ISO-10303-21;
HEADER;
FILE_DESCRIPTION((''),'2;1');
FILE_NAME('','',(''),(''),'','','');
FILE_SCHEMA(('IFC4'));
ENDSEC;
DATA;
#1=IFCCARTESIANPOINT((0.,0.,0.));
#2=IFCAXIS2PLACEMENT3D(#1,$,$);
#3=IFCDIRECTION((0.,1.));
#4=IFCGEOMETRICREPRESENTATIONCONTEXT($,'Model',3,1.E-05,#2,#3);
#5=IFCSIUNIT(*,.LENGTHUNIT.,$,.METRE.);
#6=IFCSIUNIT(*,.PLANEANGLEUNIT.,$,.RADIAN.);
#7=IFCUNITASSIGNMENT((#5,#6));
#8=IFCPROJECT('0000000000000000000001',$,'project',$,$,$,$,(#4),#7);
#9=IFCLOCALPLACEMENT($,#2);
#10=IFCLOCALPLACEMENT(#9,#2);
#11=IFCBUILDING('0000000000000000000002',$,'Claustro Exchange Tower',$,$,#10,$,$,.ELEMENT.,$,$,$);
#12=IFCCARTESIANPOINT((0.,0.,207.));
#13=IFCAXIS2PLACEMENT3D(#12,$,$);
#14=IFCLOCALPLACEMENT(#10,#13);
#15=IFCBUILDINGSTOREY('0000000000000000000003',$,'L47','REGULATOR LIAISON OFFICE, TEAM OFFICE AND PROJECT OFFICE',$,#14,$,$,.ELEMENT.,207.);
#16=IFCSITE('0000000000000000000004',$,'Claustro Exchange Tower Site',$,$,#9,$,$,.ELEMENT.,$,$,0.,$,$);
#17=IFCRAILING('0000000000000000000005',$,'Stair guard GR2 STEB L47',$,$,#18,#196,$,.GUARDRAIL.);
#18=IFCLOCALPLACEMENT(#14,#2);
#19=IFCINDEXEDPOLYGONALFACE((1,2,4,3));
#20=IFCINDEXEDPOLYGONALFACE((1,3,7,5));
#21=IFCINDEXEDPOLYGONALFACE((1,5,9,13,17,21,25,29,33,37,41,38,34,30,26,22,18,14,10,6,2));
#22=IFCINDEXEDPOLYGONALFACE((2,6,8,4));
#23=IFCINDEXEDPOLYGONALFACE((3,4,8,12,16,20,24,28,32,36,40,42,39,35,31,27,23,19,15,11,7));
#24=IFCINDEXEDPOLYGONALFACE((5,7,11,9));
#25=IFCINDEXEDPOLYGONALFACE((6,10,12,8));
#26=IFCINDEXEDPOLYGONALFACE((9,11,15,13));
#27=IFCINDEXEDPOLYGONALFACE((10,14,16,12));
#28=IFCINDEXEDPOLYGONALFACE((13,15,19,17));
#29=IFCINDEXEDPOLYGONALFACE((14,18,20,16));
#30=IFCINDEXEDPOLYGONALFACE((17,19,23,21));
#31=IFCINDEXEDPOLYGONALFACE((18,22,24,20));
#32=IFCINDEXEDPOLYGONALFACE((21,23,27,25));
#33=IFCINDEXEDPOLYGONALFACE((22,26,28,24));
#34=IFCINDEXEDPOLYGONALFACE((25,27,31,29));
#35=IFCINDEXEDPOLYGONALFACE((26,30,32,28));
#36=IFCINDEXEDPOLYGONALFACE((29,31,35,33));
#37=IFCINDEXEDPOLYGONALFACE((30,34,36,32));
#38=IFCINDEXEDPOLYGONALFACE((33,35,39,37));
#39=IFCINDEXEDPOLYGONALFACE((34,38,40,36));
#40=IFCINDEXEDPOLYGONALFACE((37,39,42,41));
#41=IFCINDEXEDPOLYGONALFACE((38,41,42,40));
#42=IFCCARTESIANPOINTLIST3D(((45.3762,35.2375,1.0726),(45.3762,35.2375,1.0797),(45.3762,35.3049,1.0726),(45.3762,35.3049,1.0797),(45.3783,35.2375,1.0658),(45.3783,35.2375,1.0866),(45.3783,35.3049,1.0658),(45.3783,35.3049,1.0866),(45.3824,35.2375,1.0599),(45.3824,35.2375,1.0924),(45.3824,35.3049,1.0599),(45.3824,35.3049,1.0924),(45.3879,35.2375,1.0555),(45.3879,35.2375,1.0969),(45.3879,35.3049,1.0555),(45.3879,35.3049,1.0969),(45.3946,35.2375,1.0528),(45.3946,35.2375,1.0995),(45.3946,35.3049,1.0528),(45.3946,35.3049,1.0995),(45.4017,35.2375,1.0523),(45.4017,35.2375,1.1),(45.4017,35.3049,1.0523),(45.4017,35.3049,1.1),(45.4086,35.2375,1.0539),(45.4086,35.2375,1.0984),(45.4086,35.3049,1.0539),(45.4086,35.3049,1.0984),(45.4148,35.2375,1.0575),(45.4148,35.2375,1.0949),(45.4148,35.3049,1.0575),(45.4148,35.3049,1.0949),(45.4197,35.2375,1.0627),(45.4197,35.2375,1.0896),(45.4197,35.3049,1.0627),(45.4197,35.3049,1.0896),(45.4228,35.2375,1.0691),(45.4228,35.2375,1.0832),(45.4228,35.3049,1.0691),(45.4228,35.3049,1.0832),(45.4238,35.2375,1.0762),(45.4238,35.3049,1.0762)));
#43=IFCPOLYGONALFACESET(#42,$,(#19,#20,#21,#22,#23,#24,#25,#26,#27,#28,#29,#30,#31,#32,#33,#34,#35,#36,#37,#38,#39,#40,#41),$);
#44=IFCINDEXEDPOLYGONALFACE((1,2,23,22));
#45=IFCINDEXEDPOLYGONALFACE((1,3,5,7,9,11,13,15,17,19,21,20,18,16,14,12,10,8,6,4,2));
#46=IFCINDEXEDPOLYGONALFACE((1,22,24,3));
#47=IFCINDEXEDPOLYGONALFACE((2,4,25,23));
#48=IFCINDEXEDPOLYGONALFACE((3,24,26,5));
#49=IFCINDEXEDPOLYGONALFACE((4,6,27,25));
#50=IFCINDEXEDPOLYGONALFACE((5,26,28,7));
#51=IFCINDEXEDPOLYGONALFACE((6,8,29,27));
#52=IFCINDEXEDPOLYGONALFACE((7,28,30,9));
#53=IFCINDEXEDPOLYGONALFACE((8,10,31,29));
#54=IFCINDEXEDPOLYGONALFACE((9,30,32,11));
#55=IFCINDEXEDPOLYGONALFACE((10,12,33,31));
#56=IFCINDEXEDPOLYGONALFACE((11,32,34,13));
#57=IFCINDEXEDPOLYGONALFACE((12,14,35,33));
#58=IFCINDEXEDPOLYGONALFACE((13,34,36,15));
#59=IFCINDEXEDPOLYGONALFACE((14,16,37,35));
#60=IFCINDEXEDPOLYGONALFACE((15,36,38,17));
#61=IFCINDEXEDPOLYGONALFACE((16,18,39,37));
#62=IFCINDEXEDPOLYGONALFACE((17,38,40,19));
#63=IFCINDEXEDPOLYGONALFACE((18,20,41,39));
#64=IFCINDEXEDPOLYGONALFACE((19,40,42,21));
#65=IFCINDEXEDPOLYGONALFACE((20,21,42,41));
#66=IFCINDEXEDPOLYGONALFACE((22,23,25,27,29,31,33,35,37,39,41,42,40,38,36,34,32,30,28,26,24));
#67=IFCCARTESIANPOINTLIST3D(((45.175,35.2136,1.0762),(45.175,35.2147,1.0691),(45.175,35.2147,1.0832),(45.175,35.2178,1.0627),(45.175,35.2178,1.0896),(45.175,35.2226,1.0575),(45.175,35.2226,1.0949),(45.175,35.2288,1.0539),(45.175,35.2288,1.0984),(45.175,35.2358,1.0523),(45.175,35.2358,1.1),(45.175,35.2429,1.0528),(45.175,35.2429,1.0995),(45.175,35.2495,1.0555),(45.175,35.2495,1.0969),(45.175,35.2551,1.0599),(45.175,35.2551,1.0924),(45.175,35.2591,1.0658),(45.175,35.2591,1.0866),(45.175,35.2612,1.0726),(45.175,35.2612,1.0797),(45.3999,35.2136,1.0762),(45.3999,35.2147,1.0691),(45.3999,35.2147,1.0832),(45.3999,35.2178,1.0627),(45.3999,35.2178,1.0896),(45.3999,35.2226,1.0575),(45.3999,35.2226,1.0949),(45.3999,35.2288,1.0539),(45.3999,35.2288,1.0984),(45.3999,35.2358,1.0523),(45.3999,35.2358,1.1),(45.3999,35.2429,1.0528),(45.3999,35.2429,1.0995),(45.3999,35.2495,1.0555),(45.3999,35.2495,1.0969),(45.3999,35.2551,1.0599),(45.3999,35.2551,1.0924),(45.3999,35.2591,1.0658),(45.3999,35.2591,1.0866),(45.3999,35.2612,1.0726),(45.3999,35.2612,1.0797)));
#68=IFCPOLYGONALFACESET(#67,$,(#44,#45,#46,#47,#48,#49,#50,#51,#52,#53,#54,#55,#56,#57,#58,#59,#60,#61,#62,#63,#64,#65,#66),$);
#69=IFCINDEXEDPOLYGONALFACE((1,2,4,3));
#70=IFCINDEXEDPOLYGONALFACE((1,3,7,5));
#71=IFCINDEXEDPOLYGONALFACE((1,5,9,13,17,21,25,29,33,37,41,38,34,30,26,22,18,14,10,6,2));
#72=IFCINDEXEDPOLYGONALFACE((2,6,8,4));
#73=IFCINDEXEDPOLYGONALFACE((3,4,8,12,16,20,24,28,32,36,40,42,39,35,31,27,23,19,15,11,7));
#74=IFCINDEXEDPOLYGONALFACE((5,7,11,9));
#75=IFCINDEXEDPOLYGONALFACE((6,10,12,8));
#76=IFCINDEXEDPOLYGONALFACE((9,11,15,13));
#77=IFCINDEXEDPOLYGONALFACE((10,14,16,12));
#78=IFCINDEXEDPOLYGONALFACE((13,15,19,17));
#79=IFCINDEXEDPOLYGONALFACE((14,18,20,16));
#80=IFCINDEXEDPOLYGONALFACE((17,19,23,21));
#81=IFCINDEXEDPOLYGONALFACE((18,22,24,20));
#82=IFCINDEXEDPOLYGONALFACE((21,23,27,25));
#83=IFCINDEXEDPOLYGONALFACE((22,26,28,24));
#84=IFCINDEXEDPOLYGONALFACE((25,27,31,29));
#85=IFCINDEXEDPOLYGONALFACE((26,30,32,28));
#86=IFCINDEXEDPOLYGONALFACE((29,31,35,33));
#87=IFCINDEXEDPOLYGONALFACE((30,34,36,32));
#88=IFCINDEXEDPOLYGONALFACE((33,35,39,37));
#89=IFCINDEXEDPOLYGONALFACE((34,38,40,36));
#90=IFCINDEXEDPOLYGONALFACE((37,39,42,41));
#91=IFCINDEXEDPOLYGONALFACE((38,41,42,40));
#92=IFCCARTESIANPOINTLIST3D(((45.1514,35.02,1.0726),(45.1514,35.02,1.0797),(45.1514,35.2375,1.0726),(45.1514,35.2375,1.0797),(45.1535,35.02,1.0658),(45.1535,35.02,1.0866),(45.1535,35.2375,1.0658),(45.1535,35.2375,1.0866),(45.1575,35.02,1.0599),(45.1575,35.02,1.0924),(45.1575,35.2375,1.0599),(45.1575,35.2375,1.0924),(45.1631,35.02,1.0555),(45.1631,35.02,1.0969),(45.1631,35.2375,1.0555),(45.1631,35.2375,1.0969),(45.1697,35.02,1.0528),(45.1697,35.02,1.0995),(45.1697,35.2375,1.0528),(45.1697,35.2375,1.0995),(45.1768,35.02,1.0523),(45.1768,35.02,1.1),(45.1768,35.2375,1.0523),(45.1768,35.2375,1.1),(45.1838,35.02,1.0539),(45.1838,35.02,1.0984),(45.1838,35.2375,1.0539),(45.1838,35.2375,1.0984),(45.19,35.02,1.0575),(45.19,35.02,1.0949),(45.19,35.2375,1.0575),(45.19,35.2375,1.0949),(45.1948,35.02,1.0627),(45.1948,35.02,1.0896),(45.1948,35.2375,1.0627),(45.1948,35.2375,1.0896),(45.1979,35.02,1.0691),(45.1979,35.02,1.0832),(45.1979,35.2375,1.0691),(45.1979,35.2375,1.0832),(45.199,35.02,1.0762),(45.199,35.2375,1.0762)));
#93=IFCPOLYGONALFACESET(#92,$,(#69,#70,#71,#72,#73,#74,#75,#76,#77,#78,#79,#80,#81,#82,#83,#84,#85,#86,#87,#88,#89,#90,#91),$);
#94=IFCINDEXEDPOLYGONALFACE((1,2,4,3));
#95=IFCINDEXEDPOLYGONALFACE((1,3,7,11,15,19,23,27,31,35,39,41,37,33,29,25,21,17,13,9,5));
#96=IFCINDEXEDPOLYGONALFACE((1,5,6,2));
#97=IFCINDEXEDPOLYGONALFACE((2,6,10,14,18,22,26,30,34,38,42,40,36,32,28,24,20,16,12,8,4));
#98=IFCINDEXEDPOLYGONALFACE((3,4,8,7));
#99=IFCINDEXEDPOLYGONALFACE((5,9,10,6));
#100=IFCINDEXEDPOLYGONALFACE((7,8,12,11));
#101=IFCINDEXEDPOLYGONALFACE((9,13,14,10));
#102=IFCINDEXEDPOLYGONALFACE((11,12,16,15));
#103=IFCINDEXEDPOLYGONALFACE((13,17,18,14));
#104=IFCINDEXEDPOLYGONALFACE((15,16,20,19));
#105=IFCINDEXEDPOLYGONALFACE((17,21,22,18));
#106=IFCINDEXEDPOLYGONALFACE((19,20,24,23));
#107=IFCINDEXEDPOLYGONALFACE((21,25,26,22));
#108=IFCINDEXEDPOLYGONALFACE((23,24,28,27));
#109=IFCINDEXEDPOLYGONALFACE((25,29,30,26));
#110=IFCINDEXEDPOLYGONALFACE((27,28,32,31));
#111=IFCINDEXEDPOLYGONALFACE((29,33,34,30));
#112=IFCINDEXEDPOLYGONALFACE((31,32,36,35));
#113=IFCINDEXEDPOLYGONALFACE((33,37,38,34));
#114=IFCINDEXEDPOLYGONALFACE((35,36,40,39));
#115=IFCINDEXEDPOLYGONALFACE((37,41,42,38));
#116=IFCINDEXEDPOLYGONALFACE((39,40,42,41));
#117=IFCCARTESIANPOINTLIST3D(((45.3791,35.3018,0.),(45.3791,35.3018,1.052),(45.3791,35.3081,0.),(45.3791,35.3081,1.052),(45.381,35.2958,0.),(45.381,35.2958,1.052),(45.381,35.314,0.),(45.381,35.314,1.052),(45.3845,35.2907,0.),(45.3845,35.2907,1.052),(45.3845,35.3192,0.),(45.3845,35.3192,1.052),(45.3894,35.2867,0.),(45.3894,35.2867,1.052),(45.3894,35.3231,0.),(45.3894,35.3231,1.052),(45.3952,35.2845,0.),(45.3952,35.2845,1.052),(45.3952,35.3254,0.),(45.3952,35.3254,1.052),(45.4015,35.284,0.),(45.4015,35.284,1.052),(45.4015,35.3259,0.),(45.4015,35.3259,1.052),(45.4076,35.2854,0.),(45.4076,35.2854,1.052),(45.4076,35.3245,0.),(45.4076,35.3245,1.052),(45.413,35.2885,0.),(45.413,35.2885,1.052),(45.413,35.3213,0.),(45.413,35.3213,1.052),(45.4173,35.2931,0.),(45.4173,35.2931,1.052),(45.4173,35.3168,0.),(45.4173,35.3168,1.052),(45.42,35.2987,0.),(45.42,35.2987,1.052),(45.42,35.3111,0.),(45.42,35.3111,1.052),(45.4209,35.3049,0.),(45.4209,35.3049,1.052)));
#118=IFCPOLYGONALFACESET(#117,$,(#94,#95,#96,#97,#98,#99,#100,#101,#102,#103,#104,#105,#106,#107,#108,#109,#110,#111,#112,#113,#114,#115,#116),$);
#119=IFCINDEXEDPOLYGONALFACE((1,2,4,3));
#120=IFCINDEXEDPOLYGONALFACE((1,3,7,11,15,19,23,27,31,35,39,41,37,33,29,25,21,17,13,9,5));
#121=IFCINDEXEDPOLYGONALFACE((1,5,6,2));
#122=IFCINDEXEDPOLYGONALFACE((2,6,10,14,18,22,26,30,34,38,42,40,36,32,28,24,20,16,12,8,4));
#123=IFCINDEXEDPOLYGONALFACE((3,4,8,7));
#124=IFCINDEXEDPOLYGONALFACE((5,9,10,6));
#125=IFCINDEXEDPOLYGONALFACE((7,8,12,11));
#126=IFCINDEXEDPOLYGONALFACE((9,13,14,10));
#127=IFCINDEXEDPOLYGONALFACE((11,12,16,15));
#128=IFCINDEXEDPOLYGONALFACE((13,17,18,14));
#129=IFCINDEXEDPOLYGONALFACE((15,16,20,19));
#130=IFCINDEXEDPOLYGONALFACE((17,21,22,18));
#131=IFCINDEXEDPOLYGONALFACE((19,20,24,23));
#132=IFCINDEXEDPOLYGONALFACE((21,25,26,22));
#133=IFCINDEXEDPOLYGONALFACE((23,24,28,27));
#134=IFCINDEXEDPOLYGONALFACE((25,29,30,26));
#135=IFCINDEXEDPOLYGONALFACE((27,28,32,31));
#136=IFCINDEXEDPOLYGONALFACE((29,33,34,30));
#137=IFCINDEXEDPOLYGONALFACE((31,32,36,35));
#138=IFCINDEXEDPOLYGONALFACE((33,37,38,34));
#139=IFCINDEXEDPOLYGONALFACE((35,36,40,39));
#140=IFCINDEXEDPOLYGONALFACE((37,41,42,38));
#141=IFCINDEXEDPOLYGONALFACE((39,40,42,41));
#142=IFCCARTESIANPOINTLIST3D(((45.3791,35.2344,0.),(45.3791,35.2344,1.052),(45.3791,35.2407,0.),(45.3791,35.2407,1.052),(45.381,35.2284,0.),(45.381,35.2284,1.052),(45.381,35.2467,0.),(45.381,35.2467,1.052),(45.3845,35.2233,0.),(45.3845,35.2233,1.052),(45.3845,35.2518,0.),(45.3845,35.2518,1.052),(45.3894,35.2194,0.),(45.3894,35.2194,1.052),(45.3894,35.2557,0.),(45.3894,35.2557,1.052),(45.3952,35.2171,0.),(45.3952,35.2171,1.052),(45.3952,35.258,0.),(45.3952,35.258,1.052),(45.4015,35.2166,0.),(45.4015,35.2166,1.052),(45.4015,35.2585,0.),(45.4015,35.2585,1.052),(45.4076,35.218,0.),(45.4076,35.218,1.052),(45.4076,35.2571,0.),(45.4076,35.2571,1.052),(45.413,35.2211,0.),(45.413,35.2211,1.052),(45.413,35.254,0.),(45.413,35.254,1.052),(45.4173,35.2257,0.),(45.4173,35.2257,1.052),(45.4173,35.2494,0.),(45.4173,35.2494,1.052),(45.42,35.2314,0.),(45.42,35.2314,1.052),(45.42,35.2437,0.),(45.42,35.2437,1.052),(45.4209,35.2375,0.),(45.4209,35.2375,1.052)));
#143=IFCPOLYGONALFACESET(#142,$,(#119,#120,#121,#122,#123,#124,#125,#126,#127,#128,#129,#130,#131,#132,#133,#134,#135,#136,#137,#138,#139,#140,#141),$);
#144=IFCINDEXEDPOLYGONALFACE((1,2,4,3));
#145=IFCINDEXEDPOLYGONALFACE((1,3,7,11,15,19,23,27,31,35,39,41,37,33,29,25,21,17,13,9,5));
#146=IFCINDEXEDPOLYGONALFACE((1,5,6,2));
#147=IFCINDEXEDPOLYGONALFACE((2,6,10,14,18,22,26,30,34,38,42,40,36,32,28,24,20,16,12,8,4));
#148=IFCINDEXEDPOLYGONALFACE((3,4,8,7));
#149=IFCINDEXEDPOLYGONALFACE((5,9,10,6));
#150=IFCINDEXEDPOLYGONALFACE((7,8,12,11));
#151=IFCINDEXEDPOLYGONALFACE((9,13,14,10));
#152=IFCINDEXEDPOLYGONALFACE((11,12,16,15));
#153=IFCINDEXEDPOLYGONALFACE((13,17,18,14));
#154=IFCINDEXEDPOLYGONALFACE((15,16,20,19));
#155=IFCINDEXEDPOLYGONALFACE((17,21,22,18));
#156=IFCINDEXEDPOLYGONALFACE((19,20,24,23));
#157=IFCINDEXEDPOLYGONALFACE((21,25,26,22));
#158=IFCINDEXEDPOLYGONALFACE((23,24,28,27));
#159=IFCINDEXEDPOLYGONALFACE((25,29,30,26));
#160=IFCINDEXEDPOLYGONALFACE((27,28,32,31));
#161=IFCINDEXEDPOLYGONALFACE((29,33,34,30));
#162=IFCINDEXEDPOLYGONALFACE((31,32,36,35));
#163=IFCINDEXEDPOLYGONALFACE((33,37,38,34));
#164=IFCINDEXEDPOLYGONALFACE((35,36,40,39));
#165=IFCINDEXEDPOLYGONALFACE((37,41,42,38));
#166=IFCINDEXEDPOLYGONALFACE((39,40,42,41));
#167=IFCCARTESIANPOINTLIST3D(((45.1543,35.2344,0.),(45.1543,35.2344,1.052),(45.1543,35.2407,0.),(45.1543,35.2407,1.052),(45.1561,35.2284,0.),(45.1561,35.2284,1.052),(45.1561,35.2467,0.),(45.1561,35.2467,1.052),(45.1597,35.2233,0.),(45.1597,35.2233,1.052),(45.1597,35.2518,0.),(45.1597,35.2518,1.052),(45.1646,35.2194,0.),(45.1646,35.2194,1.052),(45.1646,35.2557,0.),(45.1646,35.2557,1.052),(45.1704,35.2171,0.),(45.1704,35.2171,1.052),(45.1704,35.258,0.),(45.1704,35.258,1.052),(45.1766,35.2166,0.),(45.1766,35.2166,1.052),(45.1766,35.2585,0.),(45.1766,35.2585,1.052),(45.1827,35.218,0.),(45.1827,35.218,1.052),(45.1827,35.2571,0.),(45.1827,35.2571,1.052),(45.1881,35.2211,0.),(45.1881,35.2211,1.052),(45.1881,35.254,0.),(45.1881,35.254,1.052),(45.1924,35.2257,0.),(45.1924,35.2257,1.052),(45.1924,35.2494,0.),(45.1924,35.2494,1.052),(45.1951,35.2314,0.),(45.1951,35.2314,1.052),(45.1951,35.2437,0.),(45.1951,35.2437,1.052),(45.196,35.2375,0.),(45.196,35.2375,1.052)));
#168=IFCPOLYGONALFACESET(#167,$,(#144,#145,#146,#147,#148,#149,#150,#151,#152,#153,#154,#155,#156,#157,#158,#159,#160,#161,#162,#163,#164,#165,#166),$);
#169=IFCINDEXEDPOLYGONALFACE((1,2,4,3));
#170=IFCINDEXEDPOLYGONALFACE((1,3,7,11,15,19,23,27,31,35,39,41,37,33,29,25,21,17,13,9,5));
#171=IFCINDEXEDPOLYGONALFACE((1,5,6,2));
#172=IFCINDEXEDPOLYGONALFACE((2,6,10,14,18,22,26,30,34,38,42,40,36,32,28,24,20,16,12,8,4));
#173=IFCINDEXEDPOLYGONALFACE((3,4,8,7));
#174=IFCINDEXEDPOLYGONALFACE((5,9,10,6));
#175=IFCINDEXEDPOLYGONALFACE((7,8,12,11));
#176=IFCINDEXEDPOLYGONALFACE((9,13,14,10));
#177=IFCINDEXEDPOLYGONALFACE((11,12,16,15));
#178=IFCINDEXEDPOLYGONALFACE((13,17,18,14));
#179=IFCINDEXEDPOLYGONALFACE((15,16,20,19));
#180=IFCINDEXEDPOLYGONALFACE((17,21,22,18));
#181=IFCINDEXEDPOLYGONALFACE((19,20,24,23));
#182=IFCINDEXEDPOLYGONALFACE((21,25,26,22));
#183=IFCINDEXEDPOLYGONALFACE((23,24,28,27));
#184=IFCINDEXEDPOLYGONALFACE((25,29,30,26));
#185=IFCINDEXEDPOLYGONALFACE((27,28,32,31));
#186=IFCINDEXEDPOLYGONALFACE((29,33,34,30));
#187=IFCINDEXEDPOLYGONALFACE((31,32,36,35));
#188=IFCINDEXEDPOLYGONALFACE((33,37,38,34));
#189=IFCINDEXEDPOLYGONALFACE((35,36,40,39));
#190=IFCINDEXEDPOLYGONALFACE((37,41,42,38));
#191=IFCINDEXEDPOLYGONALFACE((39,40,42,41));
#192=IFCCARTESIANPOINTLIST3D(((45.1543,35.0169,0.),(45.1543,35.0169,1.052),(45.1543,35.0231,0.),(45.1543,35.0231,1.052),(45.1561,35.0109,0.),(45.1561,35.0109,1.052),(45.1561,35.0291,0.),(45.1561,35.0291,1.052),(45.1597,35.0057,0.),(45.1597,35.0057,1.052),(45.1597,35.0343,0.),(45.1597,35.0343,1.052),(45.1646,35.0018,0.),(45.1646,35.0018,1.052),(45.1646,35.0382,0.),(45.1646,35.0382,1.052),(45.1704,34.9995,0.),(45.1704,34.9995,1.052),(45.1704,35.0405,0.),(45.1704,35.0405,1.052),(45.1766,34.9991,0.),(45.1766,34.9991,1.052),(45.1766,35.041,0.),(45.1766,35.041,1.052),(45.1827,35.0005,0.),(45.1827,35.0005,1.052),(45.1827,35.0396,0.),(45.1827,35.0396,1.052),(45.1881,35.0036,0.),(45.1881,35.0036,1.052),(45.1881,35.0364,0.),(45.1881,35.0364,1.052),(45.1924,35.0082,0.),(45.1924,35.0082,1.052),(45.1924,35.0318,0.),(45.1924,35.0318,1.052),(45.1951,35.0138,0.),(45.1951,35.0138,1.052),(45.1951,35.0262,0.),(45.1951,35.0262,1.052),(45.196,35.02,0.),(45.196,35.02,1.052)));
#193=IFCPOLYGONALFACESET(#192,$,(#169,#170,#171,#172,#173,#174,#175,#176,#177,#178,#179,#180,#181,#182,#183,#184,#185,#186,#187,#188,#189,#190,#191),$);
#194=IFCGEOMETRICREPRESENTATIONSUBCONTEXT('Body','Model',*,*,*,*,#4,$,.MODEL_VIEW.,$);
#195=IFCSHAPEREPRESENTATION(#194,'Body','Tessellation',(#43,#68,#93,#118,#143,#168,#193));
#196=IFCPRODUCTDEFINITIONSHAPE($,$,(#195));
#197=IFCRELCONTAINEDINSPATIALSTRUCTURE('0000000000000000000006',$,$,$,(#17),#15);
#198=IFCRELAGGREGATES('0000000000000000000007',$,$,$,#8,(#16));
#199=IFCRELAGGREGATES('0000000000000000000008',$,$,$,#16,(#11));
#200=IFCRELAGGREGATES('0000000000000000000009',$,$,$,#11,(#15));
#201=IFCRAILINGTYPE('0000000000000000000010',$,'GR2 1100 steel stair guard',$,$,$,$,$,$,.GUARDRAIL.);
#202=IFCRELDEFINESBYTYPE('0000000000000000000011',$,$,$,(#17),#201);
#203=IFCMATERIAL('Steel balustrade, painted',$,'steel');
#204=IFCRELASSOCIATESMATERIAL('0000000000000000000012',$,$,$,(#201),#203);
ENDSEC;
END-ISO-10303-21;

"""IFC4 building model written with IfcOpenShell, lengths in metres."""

from ifc_helpers import new_model, si_unit, direction, frame, origin, origin_2d, place, context, subcontext, project, spatial, circle, extrude, material, type_object, element, save


model = new_model("IFC4")

# Units and contexts
model_context = context("Model", 3, precision=1e-05, world=origin(), true_north=direction((0.0, 1.0)))
body_context = subcontext(model_context, "Body", "Model", "MODEL_VIEW")
ifc_project = project(units=[si_unit("LENGTHUNIT", "METRE"), si_unit("PLANEANGLEUNIT", "RADIAN")], contexts=[model_context])

# Site, building, storey
site_placement = place(None, origin())
site = spatial("IfcSite", under=ifc_project, at=site_placement, Name="Claustro Exchange Tower Site", CompositionType="ELEMENT", RefElevation=0.0)
building_placement = place(site_placement, origin())
building = spatial("IfcBuilding", under=site, at=building_placement, Name="Claustro Exchange Tower", CompositionType="ELEMENT")
storey_placement = place(building_placement, frame((0.0, 0.0, 207.0)))
storey = spatial("IfcBuildingStorey", under=building, at=storey_placement, Name="L47", Description="REGULATOR LIAISON OFFICE, TEAM OFFICE AND PROJECT OFFICE", CompositionType="ELEMENT", Elevation=207.0)

# Railing
ifc_material_1 = material(Name="Steel balustrade, painted", Category="steel")
railing_type_1 = type_object("IfcRailingType", Name="GR2 1100 steel stair guard", PredefinedType="GUARDRAIL", material=ifc_material_1)
railing_1_placement = place(storey_placement, frame((45.3999, 35.3049, 0.0)))
element("IfcRailing", 1, at=railing_1_placement, inside=storey, type_object=railing_type_1, Name="Stair guard GR2 STEB L47", PredefinedType="GUARDRAIL", context=body_context, shape_type="SweptSolid", body=[
    extrude(circle(Radius=0.0239, at=origin_2d()), frame((0.0, 0.0, 1.0762), z_axis=(0.0, -1.0, 0.0), x_axis=(1.0, 0.0, 0.0)), (0.0, 0.0, 1.0), 0.0674),
    extrude(circle(Radius=0.0239, at=origin_2d()), frame((0.0, -0.0674, 1.0762), z_axis=(-1.0, 0.0, 0.0), x_axis=(0.0, -1.0, 0.0)), (0.0, 0.0, 1.0), 0.2249),
    extrude(circle(Radius=0.0239, at=origin_2d()), frame((-0.2249, -0.0674, 1.0762), z_axis=(0.0, -1.0, 0.0), x_axis=(1.0, 0.0, 0.0)), (0.0, 0.0, 1.0), 0.2175),
    extrude(circle(Radius=0.021, at=origin_2d()), origin(), (0.0, 0.0, 1.0), 1.052),
    extrude(circle(Radius=0.021, at=origin_2d()), frame((0.0, -0.0674, 0.0)), (0.0, 0.0, 1.0), 1.052),
    extrude(circle(Radius=0.021, at=origin_2d()), frame((-0.2249, -0.0674, 0.0)), (0.0, 0.0, 1.0), 1.052),
    extrude(circle(Radius=0.021, at=origin_2d()), frame((-0.2249, -0.2849, 0.0)), (0.0, 0.0, 1.0), 1.052),
])

save(model, "model.ifc")
